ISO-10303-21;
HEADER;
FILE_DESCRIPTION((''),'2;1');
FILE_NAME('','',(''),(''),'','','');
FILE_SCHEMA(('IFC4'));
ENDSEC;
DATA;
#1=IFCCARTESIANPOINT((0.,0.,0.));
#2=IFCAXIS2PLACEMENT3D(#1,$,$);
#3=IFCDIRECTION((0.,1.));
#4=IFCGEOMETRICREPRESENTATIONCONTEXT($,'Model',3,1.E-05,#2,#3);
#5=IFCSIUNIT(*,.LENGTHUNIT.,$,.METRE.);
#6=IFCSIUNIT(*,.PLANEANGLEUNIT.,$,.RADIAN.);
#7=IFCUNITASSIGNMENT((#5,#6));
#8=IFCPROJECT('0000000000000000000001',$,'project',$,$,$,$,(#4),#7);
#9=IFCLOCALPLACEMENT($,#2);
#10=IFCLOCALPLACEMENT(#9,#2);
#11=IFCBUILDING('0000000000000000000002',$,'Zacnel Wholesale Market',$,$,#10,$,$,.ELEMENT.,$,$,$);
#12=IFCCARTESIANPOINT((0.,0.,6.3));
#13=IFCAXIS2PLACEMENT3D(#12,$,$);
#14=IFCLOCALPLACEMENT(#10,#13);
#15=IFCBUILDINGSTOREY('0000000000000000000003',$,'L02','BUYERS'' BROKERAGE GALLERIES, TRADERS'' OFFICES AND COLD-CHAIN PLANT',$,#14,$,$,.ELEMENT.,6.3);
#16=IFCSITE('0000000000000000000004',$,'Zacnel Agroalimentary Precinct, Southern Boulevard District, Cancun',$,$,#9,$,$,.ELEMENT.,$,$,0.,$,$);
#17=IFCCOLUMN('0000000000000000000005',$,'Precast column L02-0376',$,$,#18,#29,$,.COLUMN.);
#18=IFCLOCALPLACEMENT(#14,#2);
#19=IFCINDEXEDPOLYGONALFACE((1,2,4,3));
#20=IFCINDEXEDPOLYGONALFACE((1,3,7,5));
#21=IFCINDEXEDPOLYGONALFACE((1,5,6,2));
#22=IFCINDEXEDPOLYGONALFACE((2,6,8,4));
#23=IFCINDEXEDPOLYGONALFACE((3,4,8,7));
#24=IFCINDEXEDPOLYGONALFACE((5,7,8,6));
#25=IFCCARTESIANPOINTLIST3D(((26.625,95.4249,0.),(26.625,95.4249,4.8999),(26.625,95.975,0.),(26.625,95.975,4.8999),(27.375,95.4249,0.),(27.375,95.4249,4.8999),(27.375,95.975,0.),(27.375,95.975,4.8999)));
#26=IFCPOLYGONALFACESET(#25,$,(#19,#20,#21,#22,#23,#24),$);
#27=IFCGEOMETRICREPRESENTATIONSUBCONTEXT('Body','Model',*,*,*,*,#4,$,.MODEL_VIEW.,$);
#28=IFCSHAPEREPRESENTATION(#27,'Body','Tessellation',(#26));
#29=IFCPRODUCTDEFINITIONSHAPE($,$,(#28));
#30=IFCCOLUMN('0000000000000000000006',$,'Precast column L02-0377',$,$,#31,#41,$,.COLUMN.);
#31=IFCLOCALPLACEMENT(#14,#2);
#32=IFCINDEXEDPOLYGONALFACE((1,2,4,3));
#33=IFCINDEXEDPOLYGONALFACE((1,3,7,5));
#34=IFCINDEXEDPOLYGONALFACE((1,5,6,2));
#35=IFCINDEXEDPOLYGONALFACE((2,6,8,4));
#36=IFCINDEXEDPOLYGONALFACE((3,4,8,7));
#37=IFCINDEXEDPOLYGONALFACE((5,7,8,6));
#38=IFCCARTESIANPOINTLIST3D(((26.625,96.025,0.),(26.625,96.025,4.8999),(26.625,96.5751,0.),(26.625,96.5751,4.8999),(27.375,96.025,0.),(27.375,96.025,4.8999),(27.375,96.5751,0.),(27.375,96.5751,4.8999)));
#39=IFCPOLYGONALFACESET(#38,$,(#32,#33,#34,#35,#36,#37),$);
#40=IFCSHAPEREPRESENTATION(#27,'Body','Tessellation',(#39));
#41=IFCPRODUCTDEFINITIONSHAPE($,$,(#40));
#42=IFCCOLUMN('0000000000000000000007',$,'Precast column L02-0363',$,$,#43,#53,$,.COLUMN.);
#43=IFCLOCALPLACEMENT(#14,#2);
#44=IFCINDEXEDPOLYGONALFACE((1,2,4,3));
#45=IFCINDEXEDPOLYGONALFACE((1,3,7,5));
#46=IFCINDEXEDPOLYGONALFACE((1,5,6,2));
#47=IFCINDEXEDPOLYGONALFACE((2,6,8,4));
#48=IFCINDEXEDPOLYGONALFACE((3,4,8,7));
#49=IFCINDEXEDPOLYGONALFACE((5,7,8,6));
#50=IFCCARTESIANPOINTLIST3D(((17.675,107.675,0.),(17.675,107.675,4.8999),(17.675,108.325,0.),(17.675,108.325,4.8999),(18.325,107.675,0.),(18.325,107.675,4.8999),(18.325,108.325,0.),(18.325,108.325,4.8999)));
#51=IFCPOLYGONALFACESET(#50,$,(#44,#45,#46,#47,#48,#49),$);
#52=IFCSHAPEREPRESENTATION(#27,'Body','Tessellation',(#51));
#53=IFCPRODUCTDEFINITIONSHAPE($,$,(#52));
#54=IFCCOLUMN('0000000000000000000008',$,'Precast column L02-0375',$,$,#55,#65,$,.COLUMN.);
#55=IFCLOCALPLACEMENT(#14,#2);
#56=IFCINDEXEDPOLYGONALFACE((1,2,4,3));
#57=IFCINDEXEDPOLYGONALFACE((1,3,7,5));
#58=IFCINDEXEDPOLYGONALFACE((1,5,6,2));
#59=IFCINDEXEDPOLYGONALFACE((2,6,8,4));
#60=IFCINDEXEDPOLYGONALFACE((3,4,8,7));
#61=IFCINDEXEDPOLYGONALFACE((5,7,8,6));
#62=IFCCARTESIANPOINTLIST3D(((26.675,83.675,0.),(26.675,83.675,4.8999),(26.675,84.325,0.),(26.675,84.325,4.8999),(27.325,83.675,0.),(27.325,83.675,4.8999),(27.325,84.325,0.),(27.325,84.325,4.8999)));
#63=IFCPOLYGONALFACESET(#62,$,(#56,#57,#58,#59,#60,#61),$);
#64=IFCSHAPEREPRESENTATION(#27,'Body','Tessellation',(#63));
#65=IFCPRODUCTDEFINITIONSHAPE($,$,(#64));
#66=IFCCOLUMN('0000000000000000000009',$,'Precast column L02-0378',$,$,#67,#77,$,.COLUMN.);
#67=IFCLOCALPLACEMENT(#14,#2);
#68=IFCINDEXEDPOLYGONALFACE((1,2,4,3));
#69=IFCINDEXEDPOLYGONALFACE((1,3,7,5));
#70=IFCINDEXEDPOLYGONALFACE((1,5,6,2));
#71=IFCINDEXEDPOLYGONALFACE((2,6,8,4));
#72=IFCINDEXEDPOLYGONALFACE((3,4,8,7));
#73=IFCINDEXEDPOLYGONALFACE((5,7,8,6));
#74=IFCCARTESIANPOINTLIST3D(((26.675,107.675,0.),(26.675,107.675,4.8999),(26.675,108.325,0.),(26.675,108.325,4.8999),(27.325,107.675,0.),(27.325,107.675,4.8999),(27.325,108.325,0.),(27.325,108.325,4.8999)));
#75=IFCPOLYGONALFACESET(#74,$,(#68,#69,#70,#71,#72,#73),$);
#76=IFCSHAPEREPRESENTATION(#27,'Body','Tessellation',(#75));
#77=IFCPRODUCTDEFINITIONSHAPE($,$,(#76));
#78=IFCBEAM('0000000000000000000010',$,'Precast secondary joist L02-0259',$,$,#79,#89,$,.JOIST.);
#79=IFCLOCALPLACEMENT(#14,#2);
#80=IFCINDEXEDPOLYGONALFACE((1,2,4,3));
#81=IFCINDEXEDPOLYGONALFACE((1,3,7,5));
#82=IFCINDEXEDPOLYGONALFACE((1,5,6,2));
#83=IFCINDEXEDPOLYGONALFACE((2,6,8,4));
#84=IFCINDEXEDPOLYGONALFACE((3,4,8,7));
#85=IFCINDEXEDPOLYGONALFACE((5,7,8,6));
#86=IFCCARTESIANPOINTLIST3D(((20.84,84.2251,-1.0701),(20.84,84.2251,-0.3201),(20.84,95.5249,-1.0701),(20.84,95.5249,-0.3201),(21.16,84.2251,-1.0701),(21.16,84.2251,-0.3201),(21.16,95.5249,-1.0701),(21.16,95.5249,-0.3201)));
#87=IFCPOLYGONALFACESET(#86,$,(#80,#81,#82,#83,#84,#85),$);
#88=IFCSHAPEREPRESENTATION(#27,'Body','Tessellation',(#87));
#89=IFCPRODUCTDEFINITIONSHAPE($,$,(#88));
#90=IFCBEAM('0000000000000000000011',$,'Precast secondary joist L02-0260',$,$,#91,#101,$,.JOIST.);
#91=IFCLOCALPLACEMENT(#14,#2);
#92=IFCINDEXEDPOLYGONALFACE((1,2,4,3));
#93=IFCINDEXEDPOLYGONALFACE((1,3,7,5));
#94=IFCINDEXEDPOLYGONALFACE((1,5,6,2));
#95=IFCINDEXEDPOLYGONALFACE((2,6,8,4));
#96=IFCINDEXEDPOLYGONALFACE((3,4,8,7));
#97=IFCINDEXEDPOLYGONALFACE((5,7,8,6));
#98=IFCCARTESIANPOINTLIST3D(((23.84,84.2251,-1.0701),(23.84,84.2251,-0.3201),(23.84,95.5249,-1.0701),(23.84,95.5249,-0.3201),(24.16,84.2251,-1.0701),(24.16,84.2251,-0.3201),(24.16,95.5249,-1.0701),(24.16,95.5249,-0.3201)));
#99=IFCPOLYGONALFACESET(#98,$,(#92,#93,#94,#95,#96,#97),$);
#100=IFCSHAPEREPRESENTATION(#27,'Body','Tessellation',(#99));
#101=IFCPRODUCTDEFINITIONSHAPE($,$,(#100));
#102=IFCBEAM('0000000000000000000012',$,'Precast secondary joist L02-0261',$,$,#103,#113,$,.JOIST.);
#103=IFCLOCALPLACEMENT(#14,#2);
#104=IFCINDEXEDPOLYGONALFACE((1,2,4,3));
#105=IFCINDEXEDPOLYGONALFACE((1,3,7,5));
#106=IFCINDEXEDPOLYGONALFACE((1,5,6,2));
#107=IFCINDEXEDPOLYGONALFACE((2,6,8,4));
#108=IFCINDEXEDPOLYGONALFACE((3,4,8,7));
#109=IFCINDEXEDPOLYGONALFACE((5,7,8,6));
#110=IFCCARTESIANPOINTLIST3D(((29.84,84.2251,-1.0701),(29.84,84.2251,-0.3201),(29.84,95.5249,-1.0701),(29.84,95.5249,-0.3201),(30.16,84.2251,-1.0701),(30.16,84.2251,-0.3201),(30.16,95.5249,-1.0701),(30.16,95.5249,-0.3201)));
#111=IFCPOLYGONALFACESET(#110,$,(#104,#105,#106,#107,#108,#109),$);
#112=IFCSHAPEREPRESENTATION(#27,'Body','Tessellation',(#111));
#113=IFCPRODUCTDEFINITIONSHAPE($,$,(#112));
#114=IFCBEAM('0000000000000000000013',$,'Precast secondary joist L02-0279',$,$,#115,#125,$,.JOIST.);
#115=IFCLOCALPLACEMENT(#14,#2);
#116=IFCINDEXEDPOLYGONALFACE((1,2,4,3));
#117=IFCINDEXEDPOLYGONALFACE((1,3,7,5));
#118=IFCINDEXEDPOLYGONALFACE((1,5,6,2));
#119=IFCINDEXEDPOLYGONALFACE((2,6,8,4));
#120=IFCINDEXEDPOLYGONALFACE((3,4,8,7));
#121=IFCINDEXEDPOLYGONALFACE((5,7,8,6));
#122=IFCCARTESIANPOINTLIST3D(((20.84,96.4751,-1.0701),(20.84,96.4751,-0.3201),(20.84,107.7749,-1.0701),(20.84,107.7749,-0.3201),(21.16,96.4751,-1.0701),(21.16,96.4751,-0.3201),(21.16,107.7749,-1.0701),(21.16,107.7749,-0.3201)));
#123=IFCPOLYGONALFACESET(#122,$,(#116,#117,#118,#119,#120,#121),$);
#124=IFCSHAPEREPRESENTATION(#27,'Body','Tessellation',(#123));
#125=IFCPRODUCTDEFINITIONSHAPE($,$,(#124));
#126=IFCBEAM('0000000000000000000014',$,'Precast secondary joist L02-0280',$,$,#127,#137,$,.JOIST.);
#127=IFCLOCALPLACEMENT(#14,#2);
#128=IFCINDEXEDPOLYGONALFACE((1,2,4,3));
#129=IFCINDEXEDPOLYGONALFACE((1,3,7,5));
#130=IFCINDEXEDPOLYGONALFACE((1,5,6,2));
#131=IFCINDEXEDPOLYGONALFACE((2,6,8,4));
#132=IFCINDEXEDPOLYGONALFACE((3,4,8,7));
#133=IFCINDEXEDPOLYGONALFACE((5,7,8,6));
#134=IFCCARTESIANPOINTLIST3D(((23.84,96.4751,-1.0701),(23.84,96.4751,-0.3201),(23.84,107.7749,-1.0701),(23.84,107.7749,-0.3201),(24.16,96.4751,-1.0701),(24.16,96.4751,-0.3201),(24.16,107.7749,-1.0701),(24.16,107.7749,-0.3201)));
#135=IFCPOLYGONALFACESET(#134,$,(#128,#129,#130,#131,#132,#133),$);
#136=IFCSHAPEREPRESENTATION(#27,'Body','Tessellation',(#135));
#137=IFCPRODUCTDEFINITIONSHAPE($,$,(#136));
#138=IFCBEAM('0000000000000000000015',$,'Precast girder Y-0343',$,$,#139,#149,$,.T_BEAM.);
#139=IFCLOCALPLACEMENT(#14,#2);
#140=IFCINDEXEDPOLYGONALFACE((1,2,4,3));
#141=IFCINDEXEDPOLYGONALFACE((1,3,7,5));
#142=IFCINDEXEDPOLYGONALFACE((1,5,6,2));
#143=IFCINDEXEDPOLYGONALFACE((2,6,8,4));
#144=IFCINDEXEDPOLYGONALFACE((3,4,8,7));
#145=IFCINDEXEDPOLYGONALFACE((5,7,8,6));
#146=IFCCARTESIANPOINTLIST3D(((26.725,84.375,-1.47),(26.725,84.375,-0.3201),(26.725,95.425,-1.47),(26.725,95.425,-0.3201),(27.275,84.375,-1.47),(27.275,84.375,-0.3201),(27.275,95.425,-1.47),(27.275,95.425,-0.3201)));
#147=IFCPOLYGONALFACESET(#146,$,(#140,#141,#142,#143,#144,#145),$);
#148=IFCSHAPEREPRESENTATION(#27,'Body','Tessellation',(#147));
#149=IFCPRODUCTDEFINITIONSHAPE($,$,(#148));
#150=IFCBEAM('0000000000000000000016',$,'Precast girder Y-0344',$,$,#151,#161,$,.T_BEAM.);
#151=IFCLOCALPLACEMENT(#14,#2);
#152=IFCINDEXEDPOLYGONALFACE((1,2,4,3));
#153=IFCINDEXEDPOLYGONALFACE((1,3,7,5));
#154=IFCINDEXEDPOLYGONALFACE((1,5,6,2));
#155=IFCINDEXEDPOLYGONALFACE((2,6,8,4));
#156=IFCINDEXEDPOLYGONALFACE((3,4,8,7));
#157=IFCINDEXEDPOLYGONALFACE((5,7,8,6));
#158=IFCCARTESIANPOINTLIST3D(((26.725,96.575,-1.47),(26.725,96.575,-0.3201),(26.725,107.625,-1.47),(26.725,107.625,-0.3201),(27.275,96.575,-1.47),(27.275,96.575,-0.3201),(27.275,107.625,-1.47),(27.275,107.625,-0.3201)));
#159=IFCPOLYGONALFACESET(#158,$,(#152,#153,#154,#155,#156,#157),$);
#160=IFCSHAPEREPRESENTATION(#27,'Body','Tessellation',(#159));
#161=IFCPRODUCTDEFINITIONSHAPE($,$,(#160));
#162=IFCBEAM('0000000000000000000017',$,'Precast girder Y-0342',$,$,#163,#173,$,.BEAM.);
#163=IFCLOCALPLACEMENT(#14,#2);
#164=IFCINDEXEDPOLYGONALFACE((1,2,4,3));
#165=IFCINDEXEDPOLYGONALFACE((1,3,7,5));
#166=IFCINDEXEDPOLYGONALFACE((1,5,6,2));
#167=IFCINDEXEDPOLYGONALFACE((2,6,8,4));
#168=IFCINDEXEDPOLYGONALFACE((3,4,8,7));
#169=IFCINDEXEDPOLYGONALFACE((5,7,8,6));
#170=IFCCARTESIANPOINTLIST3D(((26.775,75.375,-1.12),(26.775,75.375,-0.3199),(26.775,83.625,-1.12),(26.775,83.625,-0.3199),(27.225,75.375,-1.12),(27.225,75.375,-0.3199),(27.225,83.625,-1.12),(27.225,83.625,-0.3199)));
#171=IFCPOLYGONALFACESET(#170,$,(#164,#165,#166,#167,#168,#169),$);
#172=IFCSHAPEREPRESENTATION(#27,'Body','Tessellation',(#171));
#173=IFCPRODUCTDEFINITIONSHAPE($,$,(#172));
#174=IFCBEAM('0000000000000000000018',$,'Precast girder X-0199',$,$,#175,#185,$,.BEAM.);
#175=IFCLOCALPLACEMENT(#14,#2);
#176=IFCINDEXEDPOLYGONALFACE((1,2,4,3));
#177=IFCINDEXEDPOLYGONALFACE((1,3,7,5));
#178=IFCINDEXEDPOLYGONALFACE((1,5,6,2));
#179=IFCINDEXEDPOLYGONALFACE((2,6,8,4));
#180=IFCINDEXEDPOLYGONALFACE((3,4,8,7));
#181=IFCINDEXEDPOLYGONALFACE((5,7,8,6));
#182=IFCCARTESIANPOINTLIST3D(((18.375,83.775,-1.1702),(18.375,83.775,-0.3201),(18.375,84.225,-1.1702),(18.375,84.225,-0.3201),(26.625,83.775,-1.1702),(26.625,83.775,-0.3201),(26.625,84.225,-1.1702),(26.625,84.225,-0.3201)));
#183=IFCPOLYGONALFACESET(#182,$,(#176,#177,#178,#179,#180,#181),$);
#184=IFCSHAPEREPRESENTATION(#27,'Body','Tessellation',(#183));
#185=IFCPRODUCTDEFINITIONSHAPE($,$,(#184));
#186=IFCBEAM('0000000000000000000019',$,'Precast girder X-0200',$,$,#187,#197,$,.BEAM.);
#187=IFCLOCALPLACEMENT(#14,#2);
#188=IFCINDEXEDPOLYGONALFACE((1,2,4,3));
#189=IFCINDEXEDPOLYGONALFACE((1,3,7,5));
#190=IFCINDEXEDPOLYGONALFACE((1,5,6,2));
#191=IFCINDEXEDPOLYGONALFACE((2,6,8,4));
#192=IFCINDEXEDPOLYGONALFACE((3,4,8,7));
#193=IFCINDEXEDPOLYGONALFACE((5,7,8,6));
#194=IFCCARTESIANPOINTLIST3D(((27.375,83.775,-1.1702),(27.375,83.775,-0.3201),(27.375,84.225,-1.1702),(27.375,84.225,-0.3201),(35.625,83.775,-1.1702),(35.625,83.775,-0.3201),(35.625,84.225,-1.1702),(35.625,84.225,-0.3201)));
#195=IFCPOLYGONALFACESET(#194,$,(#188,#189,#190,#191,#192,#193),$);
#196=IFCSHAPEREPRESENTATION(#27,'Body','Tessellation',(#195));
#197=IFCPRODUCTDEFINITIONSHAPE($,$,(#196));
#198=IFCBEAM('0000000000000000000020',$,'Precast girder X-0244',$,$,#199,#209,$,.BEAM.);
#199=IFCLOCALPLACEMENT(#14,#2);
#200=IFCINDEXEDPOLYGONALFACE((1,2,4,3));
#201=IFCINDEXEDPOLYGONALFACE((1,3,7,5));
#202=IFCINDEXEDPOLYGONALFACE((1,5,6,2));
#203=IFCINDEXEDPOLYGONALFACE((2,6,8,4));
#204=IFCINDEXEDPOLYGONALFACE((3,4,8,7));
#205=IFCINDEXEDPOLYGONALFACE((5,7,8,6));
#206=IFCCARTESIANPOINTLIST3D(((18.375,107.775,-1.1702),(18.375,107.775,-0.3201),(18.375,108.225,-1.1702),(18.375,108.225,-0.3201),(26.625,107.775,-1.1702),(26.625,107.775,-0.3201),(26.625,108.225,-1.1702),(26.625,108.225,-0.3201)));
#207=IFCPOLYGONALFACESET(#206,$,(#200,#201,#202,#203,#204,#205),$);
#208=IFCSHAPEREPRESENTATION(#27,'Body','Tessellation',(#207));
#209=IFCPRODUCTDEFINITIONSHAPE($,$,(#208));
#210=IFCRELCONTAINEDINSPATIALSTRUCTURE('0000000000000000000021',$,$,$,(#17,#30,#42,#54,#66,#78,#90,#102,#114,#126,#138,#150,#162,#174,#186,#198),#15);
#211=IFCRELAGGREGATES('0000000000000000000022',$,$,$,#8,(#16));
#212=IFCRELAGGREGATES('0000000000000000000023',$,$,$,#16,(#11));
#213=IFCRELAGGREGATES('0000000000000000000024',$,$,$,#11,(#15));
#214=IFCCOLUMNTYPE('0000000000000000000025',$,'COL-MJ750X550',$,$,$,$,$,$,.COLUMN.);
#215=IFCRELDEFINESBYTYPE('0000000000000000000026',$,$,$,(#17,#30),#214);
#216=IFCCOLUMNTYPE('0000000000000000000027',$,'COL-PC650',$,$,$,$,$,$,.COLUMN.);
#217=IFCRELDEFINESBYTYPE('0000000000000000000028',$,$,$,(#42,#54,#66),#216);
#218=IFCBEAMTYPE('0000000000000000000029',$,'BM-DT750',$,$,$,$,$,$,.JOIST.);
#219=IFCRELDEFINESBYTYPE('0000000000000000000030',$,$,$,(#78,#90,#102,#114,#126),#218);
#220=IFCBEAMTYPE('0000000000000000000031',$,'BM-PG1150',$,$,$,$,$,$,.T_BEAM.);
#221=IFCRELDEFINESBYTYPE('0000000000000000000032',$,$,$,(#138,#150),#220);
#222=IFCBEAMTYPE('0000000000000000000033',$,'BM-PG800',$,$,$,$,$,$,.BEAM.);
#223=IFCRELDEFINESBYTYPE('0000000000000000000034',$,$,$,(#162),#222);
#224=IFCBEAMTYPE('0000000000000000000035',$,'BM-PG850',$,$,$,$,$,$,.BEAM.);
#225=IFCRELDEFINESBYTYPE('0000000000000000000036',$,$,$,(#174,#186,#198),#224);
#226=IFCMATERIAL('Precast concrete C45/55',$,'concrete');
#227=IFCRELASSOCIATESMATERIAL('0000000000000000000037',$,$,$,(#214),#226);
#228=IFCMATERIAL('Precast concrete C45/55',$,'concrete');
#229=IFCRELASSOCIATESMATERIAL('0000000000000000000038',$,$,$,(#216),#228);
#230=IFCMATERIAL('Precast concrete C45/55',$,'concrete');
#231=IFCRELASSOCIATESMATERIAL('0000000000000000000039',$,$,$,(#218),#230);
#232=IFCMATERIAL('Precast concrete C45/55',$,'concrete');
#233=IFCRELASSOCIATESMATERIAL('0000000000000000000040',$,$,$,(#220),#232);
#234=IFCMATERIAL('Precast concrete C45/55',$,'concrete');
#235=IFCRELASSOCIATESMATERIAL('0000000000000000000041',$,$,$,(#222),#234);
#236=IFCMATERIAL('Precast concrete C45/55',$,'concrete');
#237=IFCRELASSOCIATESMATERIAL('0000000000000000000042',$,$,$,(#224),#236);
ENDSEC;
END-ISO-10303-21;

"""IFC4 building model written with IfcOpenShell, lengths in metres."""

from ifc_helpers import new_model, si_unit, direction, frame, origin, origin_2d, place, context, subcontext, project, spatial, rectangle, extrude, material, material_profile, profile_set, type_object, element, save


model = new_model("IFC4")

# Units and contexts
model_context = context("Model", 3, precision=1e-05, world=origin(), true_north=direction((0.0, 1.0)))
body_context = subcontext(model_context, "Body", "Model", "MODEL_VIEW")
ifc_project = project(units=[si_unit("LENGTHUNIT", "METRE"), si_unit("PLANEANGLEUNIT", "RADIAN")], contexts=[model_context])

# Site, building, storey
site_placement = place(None, origin())
site = spatial("IfcSite", under=ifc_project, at=site_placement, Name="Zacnel Agroalimentary Precinct, Southern Boulevard District, Cancun", CompositionType="ELEMENT", RefElevation=0.0)
building_placement = place(site_placement, origin())
building = spatial("IfcBuilding", under=site, at=building_placement, Name="Zacnel Wholesale Market", CompositionType="ELEMENT")
storey_placement = place(building_placement, frame((0.0, 0.0, 6.3)))
storey = spatial("IfcBuildingStorey", under=building, at=storey_placement, Name="L02", Description="BUYERS' BROKERAGE GALLERIES, TRADERS' OFFICES AND COLD-CHAIN PLANT", CompositionType="ELEMENT", Elevation=6.3)

# Columns
ifc_material_1 = material(Name="Precast concrete C45/55", Category="concrete")
ifc_material_profile_1 = material_profile(ifc_material_1, rectangle(XDim=0.75, YDim=0.55, at=origin_2d()), Name="PC 750x550")
ifc_profile_set_1 = profile_set([ifc_material_profile_1], Name="Precast concrete C45/55")
column_type_1 = type_object("IfcColumnType", Name="COL-MJ750X550", PredefinedType="COLUMN", material=ifc_profile_set_1)
for number, where, z_axis, x_axis, name in (
    (1, (27.0, 95.7, 0.0), (0.0, 0.0, 1.0), (1.0, 0.0, 0.0), "Precast column L02-0376"),
    (2, (27.0, 96.3, 0.0), (0.0, 0.0, 1.0), (1.0, 0.0, 0.0), "Precast column L02-0377"),
):
    element("IfcColumn", number, at=place(storey_placement, frame(where, z_axis=z_axis, x_axis=x_axis)), inside=storey, type_object=column_type_1, Name=name, PredefinedType="COLUMN", context=body_context, shape_type="SweptSolid", body=[
        extrude(rectangle(XDim=0.75, YDim=0.55, at=origin_2d()), origin(), (0.0, 0.0, 1.0), 4.8999),
    ])
ifc_material_2 = material(Name="Precast concrete C45/55", Category="concrete")
ifc_material_profile_2 = material_profile(ifc_material_2, rectangle(XDim=0.6499, YDim=0.6499, at=origin_2d()), Name="PC 650x650")
ifc_profile_set_2 = profile_set([ifc_material_profile_2], Name="Precast concrete C45/55")
column_type_2 = type_object("IfcColumnType", Name="COL-PC650", PredefinedType="COLUMN", material=ifc_profile_set_2)
for number, where, z_axis, x_axis, name in (
    (3, (18.0, 108.0, 0.0), (0.0, 0.0, 1.0), (1.0, 0.0, 0.0), "Precast column L02-0363"),
    (4, (27.0, 84.0, 0.0), (0.0, 0.0, 1.0), (1.0, 0.0, 0.0), "Precast column L02-0375"),
    (5, (27.0, 108.0, 0.0), (0.0, 0.0, 1.0), (1.0, 0.0, 0.0), "Precast column L02-0378"),
):
    element("IfcColumn", number, at=place(storey_placement, frame(where, z_axis=z_axis, x_axis=x_axis)), inside=storey, type_object=column_type_2, Name=name, PredefinedType="COLUMN", context=body_context, shape_type="SweptSolid", body=[
        extrude(rectangle(XDim=0.6499, YDim=0.6499, at=origin_2d()), origin(), (0.0, 0.0, 1.0), 4.8999),
    ])

# Beams
ifc_material_3 = material(Name="Precast concrete C45/55", Category="concrete")
ifc_material_profile_3 = material_profile(ifc_material_3, rectangle(XDim=0.3201, YDim=0.75, at=origin_2d()), Name="DT RIB 320x750")
ifc_profile_set_3 = profile_set([ifc_material_profile_3], Name="Precast concrete C45/55")
beam_type_1 = type_object("IfcBeamType", Name="BM-DT750", PredefinedType="JOIST", material=ifc_profile_set_3)
for number, where, z_axis, x_axis, name in (
    (6, (21.0, 84.2251, -0.6951), (0.0, 1.0, 0.0), (-1.0, 0.0, 0.0), "Precast secondary joist L02-0259"),
    (7, (24.0, 84.2251, -0.6951), (0.0, 1.0, 0.0), (-1.0, 0.0, 0.0), "Precast secondary joist L02-0260"),
    (8, (30.0, 84.2251, -0.6951), (0.0, 1.0, 0.0), (-1.0, 0.0, 0.0), "Precast secondary joist L02-0261"),
    (9, (21.0, 96.4751, -0.6951), (0.0, 1.0, 0.0), (-1.0, 0.0, 0.0), "Precast secondary joist L02-0279"),
    (10, (24.0, 96.4751, -0.6951), (0.0, 1.0, 0.0), (-1.0, 0.0, 0.0), "Precast secondary joist L02-0280"),
):
    element("IfcBeam", number, at=place(storey_placement, frame(where, z_axis=z_axis, x_axis=x_axis)), inside=storey, type_object=beam_type_1, Name=name, PredefinedType="JOIST", context=body_context, shape_type="SweptSolid", body=[
        extrude(rectangle(XDim=0.3201, YDim=0.75, at=origin_2d()), origin(), (0.0, 0.0, 1.0), 11.2998),
    ])
ifc_material_4 = material(Name="Precast concrete C45/55", Category="concrete")
ifc_material_profile_4 = material_profile(ifc_material_4, rectangle(XDim=0.55, YDim=1.1499, at=origin_2d()), Name="PG 550x1150")
ifc_profile_set_4 = profile_set([ifc_material_profile_4], Name="Precast concrete C45/55")
beam_type_2 = type_object("IfcBeamType", Name="BM-PG1150", PredefinedType="T_BEAM", material=ifc_profile_set_4)
for number, where, z_axis, x_axis, name in (
    (11, (27.0, 84.375, -0.895), (0.0, 1.0, 0.0), (-1.0, 0.0, 0.0), "Precast girder Y-0343"),
    (12, (27.0, 96.575, -0.895), (0.0, 1.0, 0.0), (-1.0, 0.0, 0.0), "Precast girder Y-0344"),
):
    element("IfcBeam", number, at=place(storey_placement, frame(where, z_axis=z_axis, x_axis=x_axis)), inside=storey, type_object=beam_type_2, Name=name, PredefinedType="T_BEAM", context=body_context, shape_type="SweptSolid", body=[
        extrude(rectangle(XDim=0.55, YDim=1.1499, at=origin_2d()), origin(), (0.0, 0.0, 1.0), 11.05),
    ])
ifc_material_5 = material(Name="Precast concrete C45/55", Category="concrete")
ifc_material_profile_5 = material_profile(ifc_material_5, rectangle(XDim=0.45, YDim=0.8, at=origin_2d()), Name="PG 450x800")
ifc_profile_set_5 = profile_set([ifc_material_profile_5], Name="Precast concrete C45/55")
beam_type_3 = type_object("IfcBeamType", Name="BM-PG800", PredefinedType="BEAM", material=ifc_profile_set_5)
beam_placement = place(storey_placement, frame((27.0, 75.375, -0.72), z_axis=(0.0, 1.0, 0.0), x_axis=(-1.0, 0.0, 0.0)))
element("IfcBeam", 13, at=beam_placement, inside=storey, type_object=beam_type_3, Name="Precast girder Y-0342", PredefinedType="BEAM", context=body_context, shape_type="SweptSolid", body=[
    extrude(rectangle(XDim=0.45, YDim=0.8, at=origin_2d()), origin(), (0.0, 0.0, 1.0), 8.25),
])
ifc_material_6 = material(Name="Precast concrete C45/55", Category="concrete")
ifc_material_profile_6 = material_profile(ifc_material_6, rectangle(XDim=0.45, YDim=0.8501, at=origin_2d()), Name="PG 450x850")
ifc_profile_set_6 = profile_set([ifc_material_profile_6], Name="Precast concrete C45/55")
beam_type_4 = type_object("IfcBeamType", Name="BM-PG850", PredefinedType="BEAM", material=ifc_profile_set_6)
for number, where, z_axis, x_axis, name in (
    (14, (18.375, 84.0, -0.7451), (1.0, 0.0, 0.0), (0.0, 1.0, 0.0), "Precast girder X-0199"),
    (15, (27.375, 84.0, -0.7451), (1.0, 0.0, 0.0), (0.0, 1.0, 0.0), "Precast girder X-0200"),
    (16, (18.375, 108.0, -0.7451), (1.0, 0.0, 0.0), (0.0, 1.0, 0.0), "Precast girder X-0244"),
):
    element("IfcBeam", number, at=place(storey_placement, frame(where, z_axis=z_axis, x_axis=x_axis)), inside=storey, type_object=beam_type_4, Name=name, PredefinedType="BEAM", context=body_context, shape_type="SweptSolid", body=[
        extrude(rectangle(XDim=0.45, YDim=0.8501, at=origin_2d()), origin(), (0.0, 0.0, 1.0), 8.25),
    ])

save(model, "model.ifc")
